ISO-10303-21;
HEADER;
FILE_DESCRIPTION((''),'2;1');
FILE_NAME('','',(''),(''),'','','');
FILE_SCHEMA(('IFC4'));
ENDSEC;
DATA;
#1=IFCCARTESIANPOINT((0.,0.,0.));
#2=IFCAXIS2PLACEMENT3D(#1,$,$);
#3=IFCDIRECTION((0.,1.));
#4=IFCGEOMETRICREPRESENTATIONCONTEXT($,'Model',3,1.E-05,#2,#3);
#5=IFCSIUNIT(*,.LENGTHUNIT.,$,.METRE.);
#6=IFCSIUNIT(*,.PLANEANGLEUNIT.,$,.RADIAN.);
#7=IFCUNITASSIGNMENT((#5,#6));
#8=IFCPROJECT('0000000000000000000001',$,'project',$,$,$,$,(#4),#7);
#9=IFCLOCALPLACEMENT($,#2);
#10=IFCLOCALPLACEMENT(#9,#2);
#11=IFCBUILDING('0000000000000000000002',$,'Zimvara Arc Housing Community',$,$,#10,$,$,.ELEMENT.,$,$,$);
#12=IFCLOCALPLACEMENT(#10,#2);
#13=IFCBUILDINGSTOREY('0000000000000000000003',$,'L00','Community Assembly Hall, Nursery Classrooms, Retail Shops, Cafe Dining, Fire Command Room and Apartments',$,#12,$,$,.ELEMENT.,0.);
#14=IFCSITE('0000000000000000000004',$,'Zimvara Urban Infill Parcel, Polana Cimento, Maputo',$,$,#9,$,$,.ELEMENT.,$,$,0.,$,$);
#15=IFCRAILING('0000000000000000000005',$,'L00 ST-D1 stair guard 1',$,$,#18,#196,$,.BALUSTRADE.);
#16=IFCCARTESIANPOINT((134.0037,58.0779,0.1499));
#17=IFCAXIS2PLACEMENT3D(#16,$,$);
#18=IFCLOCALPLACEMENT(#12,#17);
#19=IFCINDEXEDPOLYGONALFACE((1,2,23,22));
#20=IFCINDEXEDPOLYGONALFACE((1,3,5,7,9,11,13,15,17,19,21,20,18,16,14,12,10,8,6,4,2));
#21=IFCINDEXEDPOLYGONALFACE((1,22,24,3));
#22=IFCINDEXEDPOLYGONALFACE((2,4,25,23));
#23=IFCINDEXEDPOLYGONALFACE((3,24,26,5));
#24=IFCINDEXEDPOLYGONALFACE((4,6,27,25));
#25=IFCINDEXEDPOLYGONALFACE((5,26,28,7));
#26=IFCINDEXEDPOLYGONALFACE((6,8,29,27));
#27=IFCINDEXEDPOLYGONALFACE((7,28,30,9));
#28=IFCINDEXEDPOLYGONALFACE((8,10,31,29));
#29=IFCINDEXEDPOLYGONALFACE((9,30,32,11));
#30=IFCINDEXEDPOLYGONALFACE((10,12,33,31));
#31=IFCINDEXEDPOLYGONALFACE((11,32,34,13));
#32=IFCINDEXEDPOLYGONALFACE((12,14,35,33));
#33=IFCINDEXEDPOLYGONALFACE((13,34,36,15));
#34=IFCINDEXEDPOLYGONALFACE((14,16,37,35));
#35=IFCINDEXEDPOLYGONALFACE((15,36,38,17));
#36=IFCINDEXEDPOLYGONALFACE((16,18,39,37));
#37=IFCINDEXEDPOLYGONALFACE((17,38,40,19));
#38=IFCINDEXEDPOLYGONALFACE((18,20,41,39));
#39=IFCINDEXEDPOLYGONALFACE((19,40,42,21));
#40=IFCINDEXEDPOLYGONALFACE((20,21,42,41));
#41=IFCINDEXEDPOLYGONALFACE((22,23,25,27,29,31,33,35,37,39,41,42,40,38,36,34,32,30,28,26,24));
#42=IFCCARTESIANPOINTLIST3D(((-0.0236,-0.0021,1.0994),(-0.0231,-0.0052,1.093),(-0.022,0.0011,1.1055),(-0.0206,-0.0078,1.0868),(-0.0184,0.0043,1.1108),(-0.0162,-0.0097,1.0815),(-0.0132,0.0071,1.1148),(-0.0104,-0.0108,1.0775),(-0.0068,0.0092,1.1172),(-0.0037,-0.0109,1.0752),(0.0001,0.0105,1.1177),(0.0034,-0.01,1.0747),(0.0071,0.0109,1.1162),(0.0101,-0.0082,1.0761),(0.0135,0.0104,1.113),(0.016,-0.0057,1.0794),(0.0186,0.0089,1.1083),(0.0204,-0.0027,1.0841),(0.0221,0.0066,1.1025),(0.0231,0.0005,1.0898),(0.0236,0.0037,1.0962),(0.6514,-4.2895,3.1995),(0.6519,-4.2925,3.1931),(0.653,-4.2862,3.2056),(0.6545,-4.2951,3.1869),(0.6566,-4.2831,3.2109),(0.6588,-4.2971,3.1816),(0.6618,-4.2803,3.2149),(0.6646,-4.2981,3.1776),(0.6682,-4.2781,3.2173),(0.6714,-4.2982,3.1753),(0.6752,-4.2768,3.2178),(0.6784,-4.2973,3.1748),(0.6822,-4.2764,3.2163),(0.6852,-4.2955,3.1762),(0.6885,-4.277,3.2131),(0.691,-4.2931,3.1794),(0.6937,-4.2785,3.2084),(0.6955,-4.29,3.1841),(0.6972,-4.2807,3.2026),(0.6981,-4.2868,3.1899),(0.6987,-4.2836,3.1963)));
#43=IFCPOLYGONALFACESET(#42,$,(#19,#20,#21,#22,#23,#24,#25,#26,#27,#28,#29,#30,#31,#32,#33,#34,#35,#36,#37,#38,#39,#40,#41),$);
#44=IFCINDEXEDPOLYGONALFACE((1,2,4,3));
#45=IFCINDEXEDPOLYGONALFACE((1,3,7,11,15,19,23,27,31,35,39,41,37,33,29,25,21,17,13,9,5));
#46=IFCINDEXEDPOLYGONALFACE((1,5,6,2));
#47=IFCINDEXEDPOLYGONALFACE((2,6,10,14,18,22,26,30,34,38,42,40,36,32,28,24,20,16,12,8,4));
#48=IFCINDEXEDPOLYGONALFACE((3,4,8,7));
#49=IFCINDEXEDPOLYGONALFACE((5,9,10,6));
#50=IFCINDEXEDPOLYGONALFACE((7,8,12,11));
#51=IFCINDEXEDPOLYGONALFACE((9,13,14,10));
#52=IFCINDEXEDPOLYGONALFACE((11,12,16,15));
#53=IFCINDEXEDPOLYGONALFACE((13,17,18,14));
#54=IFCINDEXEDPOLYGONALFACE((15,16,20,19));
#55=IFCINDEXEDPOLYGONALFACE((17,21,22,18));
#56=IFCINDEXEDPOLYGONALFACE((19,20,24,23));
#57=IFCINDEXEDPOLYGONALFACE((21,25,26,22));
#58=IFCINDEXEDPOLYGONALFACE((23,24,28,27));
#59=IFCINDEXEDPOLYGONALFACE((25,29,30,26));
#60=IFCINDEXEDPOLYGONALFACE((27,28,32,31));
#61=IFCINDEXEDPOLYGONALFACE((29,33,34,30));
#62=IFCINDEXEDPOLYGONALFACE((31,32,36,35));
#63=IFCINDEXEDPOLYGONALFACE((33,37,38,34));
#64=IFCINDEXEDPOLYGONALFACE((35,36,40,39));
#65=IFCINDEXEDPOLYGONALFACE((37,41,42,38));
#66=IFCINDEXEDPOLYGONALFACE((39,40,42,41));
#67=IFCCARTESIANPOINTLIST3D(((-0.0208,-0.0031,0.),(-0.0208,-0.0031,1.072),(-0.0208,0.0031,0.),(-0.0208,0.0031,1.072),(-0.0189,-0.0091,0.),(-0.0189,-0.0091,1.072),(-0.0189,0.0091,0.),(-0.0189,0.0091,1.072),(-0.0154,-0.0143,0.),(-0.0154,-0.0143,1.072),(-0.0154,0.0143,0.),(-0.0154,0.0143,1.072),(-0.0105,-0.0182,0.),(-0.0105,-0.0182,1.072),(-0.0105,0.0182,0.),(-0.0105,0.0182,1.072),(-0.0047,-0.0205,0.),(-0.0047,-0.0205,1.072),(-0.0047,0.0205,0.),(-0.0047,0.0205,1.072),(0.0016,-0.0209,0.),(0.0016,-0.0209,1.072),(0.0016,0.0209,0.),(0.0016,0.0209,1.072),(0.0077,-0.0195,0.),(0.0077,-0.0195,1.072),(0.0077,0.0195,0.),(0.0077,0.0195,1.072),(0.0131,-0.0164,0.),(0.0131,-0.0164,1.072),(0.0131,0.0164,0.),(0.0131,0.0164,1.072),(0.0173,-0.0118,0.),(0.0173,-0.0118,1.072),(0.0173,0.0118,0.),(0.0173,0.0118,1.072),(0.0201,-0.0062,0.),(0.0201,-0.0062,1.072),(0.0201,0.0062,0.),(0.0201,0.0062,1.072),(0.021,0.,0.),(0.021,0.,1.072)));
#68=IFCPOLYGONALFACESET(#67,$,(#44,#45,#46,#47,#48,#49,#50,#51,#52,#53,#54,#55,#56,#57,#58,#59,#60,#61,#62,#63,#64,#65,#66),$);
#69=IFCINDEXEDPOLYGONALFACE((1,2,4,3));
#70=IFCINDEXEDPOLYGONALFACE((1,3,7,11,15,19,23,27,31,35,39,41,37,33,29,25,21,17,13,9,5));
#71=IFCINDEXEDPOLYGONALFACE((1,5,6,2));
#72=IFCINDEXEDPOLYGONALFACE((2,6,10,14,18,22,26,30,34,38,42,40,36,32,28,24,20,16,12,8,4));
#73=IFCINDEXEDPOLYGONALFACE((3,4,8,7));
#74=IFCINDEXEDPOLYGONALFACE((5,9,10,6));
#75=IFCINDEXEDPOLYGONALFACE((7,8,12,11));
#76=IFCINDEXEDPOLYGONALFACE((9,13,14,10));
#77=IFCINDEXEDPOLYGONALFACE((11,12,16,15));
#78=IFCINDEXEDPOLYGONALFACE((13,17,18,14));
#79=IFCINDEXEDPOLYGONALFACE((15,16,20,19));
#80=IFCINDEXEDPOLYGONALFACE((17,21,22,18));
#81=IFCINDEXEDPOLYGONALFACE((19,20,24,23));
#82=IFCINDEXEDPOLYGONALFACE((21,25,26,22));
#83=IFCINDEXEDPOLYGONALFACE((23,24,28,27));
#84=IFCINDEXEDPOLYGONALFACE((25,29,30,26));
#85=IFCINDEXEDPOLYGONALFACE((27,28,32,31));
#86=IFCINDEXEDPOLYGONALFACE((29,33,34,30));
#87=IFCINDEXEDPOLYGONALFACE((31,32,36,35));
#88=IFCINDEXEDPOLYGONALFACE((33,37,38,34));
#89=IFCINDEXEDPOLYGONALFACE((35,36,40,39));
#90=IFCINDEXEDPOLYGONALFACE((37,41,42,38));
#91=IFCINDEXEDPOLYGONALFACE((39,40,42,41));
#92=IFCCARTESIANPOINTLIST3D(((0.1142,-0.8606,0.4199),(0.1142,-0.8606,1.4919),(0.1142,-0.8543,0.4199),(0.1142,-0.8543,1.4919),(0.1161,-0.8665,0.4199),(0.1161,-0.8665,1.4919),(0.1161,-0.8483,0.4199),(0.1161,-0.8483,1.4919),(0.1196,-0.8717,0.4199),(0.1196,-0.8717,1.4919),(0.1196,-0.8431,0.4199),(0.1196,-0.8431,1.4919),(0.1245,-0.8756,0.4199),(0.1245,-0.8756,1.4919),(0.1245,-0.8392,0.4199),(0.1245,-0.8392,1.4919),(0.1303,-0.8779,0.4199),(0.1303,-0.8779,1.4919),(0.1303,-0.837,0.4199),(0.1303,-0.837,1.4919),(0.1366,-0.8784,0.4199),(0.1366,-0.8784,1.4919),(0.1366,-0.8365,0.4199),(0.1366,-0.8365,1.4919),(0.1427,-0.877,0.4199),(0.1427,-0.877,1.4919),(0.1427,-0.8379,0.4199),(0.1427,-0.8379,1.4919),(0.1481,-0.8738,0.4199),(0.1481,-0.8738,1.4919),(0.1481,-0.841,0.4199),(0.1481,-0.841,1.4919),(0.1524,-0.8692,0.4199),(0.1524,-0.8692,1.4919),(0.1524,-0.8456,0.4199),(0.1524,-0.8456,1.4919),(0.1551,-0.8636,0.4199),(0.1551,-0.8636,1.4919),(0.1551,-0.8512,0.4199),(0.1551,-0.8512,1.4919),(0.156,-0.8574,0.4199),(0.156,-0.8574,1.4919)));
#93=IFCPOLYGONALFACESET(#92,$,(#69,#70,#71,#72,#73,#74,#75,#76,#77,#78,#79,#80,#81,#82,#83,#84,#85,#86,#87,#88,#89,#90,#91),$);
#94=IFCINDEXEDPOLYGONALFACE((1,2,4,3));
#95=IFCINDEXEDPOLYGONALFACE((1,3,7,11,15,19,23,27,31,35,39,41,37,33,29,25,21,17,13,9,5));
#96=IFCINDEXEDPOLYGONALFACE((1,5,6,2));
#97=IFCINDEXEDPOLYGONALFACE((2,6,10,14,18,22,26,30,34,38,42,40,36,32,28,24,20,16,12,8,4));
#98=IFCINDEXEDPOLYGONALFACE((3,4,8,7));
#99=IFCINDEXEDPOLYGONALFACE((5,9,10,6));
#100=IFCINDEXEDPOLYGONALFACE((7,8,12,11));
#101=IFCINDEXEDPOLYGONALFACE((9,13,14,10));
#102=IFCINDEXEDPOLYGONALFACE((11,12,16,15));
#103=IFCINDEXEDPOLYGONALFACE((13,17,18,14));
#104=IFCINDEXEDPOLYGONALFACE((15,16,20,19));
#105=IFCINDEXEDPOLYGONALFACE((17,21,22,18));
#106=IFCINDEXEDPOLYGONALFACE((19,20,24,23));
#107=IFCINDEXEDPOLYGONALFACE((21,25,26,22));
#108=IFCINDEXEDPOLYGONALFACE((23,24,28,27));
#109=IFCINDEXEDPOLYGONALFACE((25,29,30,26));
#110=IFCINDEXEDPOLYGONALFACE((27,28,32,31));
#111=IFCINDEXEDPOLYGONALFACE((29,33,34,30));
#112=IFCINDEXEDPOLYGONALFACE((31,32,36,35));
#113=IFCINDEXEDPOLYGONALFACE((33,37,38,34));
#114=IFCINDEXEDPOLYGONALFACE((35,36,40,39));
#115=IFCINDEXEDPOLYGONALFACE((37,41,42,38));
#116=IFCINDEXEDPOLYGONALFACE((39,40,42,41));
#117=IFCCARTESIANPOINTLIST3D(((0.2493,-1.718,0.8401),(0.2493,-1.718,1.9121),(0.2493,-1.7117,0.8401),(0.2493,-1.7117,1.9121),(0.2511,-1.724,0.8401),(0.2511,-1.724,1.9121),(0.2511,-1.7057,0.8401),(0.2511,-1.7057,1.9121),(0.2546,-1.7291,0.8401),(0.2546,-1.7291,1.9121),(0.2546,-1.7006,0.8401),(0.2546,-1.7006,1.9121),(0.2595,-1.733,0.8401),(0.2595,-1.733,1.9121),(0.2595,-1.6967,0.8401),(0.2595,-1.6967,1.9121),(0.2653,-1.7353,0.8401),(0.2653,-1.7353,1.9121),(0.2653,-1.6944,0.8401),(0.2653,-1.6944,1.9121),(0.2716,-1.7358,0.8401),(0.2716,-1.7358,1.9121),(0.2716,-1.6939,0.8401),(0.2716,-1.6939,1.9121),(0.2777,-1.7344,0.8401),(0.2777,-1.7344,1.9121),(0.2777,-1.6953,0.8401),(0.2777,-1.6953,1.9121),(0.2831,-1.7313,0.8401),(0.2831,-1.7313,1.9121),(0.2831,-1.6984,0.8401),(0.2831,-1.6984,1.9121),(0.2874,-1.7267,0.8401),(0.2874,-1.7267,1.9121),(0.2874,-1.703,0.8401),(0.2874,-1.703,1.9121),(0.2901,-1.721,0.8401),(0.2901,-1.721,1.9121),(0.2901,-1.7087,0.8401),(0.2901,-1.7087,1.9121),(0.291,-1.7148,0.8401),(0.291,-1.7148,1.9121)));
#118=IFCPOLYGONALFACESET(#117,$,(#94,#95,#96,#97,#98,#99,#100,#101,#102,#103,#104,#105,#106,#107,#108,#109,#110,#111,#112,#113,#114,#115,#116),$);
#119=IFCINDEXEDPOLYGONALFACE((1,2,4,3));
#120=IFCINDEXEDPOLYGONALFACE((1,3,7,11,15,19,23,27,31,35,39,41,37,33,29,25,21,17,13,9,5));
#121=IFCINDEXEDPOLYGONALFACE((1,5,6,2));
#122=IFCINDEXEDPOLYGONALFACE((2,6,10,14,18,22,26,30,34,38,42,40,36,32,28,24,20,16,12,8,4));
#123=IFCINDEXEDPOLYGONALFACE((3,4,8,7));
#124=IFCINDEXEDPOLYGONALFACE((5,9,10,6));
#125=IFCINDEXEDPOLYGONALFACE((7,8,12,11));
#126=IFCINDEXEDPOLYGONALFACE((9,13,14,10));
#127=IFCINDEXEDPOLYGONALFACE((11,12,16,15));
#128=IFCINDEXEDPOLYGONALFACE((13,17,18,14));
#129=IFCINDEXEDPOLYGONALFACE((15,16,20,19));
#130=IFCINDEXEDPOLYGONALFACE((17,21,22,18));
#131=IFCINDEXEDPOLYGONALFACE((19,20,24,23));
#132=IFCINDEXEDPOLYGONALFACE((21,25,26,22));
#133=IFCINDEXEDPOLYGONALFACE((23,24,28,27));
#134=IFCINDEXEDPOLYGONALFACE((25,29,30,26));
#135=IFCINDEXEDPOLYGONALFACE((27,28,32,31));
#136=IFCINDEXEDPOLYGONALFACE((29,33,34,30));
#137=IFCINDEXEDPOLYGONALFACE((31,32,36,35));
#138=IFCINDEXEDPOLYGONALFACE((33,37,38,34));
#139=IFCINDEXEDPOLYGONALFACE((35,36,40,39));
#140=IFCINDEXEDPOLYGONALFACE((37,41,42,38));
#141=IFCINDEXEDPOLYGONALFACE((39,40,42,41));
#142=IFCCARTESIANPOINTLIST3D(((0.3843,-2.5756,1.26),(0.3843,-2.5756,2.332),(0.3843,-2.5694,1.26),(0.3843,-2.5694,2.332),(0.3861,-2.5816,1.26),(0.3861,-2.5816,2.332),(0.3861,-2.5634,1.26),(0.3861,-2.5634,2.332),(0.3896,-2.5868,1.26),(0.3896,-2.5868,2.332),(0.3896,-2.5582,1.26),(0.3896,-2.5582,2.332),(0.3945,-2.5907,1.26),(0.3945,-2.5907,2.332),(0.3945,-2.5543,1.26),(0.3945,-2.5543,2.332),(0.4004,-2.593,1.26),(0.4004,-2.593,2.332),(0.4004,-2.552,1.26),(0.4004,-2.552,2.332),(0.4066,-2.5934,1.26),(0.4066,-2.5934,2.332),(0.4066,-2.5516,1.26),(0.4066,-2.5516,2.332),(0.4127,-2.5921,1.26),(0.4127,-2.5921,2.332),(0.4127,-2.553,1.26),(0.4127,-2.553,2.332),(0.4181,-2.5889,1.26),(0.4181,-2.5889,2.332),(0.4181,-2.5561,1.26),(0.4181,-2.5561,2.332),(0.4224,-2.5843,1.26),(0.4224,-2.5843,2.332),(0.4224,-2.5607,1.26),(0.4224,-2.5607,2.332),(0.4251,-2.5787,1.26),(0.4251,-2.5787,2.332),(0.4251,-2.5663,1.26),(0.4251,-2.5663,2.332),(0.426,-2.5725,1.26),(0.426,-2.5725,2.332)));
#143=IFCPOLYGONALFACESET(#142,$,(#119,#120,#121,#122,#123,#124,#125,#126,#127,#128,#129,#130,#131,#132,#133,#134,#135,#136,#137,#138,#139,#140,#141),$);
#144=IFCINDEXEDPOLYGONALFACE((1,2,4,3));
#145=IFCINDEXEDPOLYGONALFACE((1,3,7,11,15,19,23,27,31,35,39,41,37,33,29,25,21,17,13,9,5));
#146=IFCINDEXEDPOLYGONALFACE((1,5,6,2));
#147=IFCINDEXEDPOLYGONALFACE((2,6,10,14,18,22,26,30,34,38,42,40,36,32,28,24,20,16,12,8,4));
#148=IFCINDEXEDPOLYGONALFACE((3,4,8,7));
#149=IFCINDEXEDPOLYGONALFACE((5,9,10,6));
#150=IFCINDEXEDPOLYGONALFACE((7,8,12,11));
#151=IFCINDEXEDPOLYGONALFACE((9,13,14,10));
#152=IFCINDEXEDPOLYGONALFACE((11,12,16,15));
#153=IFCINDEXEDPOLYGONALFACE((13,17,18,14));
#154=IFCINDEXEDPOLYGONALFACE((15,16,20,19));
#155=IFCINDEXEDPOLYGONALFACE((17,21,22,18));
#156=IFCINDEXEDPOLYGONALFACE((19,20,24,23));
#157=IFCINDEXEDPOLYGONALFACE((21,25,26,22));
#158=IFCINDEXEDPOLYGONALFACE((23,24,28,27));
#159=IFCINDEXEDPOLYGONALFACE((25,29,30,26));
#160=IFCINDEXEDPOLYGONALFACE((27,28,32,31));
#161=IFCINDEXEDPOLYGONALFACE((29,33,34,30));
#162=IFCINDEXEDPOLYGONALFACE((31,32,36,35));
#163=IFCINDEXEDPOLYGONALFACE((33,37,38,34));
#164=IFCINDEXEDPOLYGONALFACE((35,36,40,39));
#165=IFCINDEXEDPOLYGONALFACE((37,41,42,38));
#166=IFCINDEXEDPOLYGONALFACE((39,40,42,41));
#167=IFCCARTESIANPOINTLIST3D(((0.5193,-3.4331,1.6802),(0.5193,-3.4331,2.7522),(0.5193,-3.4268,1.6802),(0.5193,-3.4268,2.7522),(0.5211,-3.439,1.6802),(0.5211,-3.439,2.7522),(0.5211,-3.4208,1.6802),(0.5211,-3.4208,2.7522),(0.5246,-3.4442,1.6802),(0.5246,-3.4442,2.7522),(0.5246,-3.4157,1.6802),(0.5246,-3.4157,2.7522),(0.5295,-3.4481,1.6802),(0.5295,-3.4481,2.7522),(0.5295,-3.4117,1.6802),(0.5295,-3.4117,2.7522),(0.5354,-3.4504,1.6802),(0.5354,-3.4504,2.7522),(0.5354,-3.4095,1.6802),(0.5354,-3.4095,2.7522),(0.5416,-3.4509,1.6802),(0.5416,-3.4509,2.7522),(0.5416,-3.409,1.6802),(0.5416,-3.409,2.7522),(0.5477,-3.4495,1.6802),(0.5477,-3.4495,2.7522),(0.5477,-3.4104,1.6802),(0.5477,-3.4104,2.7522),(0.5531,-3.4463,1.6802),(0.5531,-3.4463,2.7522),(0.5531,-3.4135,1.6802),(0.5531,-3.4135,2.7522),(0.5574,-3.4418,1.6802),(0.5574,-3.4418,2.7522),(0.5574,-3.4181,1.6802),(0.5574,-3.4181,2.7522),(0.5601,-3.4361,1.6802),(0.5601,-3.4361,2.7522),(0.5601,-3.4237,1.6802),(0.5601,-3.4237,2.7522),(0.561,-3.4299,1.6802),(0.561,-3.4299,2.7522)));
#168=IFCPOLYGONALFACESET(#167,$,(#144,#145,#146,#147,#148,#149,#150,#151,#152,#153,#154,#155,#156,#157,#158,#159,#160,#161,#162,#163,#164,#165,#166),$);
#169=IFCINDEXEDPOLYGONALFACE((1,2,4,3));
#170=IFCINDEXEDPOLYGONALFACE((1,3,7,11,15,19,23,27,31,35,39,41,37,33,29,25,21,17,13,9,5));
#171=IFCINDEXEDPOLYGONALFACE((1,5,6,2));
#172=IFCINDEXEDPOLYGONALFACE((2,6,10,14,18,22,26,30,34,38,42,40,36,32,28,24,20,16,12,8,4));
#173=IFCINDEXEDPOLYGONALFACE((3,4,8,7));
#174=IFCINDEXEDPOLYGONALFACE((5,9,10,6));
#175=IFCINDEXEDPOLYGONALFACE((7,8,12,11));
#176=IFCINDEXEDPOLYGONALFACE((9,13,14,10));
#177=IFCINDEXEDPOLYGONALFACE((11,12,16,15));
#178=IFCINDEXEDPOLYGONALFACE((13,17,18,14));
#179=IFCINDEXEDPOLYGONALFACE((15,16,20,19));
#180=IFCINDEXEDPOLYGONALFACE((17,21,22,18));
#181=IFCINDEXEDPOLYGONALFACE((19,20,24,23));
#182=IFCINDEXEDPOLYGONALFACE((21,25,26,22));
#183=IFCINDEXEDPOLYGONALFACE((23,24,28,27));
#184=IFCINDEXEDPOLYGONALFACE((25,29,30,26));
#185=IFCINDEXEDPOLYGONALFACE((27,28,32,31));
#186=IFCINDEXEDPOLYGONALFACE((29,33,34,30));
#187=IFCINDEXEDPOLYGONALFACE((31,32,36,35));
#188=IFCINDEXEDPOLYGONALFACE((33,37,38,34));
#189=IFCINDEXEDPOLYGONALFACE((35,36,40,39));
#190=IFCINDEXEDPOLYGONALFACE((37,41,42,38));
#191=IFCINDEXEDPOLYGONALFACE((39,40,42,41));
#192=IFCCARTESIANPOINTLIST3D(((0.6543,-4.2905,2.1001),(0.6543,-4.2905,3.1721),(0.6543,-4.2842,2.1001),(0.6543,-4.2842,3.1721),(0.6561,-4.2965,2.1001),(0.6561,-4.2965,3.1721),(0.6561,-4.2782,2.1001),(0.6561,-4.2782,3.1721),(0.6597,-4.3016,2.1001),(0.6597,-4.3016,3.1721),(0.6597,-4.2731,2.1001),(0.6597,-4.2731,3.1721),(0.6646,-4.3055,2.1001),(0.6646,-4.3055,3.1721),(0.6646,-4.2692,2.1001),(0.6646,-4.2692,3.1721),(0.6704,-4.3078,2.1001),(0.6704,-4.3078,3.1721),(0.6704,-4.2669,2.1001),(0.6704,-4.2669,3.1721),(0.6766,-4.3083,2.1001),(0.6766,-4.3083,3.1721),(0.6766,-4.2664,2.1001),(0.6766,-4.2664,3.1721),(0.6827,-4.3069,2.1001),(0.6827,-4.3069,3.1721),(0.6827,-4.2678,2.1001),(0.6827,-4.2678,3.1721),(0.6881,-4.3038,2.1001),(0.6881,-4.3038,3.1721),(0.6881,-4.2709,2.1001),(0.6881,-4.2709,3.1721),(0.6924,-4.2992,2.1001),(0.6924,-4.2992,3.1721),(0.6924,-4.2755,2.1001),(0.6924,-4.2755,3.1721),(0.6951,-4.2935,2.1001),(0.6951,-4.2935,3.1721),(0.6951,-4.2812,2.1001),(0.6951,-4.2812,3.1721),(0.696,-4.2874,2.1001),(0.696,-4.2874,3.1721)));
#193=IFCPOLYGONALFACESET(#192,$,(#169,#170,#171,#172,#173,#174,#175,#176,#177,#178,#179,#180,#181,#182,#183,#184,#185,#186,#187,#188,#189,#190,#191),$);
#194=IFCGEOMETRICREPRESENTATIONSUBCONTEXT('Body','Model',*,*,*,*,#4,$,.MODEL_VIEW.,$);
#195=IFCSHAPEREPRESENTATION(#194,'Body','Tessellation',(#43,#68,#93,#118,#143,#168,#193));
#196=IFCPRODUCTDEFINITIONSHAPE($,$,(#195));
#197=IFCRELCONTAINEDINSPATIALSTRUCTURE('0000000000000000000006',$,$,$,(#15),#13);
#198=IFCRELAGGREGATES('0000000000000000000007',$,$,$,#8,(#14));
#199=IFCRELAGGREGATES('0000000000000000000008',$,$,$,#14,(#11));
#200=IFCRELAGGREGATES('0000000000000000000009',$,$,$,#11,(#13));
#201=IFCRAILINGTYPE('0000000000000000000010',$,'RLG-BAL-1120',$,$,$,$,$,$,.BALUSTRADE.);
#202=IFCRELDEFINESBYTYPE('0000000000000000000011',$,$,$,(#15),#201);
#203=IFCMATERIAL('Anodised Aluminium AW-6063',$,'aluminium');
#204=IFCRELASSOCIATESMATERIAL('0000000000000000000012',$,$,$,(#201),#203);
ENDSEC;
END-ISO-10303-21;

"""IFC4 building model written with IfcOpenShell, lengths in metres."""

from ifc_helpers import new_model, si_unit, direction, frame, origin, origin_2d, place, context, subcontext, project, spatial, circle, extrude, material, type_object, element, save


model = new_model("IFC4")

# Units and contexts
model_context = context("Model", 3, precision=1e-05, world=origin(), true_north=direction((0.0, 1.0)))
body_context = subcontext(model_context, "Body", "Model", "MODEL_VIEW")
ifc_project = project(units=[si_unit("LENGTHUNIT", "METRE"), si_unit("PLANEANGLEUNIT", "RADIAN")], contexts=[model_context])

# Site, building, storey
site_placement = place(None, origin())
site = spatial("IfcSite", under=ifc_project, at=site_placement, Name="Zimvara Urban Infill Parcel, Polana Cimento, Maputo", CompositionType="ELEMENT", RefElevation=0.0)
building_placement = place(site_placement, origin())
building = spatial("IfcBuilding", under=site, at=building_placement, Name="Zimvara Arc Housing Community", CompositionType="ELEMENT")
storey_placement = place(building_placement, origin())
storey = spatial("IfcBuildingStorey", under=building, at=storey_placement, Name="L00", Description="Community Assembly Hall, Nursery Classrooms, Retail Shops, Cafe Dining, Fire Command Room and Apartments", CompositionType="ELEMENT", Elevation=0.0)

# Railing
ifc_material_1 = material(Name="Anodised Aluminium AW-6063", Category="aluminium")
railing_type_1 = type_object("IfcRailingType", Name="RLG-BAL-1120", PredefinedType="BALUSTRADE", material=ifc_material_1)
railing_1_placement = place(storey_placement, frame((134.0037, 58.0779, 0.1499)))
element("IfcRailing", 1, at=railing_1_placement, inside=storey, type_object=railing_type_1, Name="L00 ST-D1 stair guard 1", PredefinedType="BALUSTRADE", context=body_context, shape_type="SweptSolid", body=[
    extrude(circle(Radius=0.0239, at=origin_2d()), frame((0.0, 0.0, 1.0962), z_axis=(0.140006, -0.889203, 0.435563), x_axis=(0.98783, 0.155535, 0.0)), (0.0, 0.0, 1.0), 4.8215),
    extrude(circle(Radius=0.021, at=origin_2d()), origin(), (0.0, 0.0, 1.0), 1.072),
    extrude(circle(Radius=0.021, at=origin_2d()), frame((0.135, -0.8574, 0.4199)), (0.0, 0.0, 1.0), 1.072),
    extrude(circle(Radius=0.021, at=origin_2d()), frame((0.27, -1.7148, 0.8401)), (0.0, 0.0, 1.0), 1.072),
    extrude(circle(Radius=0.021, at=origin_2d()), frame((0.405, -2.5725, 1.26)), (0.0, 0.0, 1.0), 1.072),
    extrude(circle(Radius=0.021, at=origin_2d()), frame((0.54, -3.4299, 1.6802)), (0.0, 0.0, 1.0), 1.072),
    extrude(circle(Radius=0.021, at=origin_2d()), frame((0.675, -4.2874, 2.1001)), (0.0, 0.0, 1.0), 1.072),
])

save(model, "model.ifc")
